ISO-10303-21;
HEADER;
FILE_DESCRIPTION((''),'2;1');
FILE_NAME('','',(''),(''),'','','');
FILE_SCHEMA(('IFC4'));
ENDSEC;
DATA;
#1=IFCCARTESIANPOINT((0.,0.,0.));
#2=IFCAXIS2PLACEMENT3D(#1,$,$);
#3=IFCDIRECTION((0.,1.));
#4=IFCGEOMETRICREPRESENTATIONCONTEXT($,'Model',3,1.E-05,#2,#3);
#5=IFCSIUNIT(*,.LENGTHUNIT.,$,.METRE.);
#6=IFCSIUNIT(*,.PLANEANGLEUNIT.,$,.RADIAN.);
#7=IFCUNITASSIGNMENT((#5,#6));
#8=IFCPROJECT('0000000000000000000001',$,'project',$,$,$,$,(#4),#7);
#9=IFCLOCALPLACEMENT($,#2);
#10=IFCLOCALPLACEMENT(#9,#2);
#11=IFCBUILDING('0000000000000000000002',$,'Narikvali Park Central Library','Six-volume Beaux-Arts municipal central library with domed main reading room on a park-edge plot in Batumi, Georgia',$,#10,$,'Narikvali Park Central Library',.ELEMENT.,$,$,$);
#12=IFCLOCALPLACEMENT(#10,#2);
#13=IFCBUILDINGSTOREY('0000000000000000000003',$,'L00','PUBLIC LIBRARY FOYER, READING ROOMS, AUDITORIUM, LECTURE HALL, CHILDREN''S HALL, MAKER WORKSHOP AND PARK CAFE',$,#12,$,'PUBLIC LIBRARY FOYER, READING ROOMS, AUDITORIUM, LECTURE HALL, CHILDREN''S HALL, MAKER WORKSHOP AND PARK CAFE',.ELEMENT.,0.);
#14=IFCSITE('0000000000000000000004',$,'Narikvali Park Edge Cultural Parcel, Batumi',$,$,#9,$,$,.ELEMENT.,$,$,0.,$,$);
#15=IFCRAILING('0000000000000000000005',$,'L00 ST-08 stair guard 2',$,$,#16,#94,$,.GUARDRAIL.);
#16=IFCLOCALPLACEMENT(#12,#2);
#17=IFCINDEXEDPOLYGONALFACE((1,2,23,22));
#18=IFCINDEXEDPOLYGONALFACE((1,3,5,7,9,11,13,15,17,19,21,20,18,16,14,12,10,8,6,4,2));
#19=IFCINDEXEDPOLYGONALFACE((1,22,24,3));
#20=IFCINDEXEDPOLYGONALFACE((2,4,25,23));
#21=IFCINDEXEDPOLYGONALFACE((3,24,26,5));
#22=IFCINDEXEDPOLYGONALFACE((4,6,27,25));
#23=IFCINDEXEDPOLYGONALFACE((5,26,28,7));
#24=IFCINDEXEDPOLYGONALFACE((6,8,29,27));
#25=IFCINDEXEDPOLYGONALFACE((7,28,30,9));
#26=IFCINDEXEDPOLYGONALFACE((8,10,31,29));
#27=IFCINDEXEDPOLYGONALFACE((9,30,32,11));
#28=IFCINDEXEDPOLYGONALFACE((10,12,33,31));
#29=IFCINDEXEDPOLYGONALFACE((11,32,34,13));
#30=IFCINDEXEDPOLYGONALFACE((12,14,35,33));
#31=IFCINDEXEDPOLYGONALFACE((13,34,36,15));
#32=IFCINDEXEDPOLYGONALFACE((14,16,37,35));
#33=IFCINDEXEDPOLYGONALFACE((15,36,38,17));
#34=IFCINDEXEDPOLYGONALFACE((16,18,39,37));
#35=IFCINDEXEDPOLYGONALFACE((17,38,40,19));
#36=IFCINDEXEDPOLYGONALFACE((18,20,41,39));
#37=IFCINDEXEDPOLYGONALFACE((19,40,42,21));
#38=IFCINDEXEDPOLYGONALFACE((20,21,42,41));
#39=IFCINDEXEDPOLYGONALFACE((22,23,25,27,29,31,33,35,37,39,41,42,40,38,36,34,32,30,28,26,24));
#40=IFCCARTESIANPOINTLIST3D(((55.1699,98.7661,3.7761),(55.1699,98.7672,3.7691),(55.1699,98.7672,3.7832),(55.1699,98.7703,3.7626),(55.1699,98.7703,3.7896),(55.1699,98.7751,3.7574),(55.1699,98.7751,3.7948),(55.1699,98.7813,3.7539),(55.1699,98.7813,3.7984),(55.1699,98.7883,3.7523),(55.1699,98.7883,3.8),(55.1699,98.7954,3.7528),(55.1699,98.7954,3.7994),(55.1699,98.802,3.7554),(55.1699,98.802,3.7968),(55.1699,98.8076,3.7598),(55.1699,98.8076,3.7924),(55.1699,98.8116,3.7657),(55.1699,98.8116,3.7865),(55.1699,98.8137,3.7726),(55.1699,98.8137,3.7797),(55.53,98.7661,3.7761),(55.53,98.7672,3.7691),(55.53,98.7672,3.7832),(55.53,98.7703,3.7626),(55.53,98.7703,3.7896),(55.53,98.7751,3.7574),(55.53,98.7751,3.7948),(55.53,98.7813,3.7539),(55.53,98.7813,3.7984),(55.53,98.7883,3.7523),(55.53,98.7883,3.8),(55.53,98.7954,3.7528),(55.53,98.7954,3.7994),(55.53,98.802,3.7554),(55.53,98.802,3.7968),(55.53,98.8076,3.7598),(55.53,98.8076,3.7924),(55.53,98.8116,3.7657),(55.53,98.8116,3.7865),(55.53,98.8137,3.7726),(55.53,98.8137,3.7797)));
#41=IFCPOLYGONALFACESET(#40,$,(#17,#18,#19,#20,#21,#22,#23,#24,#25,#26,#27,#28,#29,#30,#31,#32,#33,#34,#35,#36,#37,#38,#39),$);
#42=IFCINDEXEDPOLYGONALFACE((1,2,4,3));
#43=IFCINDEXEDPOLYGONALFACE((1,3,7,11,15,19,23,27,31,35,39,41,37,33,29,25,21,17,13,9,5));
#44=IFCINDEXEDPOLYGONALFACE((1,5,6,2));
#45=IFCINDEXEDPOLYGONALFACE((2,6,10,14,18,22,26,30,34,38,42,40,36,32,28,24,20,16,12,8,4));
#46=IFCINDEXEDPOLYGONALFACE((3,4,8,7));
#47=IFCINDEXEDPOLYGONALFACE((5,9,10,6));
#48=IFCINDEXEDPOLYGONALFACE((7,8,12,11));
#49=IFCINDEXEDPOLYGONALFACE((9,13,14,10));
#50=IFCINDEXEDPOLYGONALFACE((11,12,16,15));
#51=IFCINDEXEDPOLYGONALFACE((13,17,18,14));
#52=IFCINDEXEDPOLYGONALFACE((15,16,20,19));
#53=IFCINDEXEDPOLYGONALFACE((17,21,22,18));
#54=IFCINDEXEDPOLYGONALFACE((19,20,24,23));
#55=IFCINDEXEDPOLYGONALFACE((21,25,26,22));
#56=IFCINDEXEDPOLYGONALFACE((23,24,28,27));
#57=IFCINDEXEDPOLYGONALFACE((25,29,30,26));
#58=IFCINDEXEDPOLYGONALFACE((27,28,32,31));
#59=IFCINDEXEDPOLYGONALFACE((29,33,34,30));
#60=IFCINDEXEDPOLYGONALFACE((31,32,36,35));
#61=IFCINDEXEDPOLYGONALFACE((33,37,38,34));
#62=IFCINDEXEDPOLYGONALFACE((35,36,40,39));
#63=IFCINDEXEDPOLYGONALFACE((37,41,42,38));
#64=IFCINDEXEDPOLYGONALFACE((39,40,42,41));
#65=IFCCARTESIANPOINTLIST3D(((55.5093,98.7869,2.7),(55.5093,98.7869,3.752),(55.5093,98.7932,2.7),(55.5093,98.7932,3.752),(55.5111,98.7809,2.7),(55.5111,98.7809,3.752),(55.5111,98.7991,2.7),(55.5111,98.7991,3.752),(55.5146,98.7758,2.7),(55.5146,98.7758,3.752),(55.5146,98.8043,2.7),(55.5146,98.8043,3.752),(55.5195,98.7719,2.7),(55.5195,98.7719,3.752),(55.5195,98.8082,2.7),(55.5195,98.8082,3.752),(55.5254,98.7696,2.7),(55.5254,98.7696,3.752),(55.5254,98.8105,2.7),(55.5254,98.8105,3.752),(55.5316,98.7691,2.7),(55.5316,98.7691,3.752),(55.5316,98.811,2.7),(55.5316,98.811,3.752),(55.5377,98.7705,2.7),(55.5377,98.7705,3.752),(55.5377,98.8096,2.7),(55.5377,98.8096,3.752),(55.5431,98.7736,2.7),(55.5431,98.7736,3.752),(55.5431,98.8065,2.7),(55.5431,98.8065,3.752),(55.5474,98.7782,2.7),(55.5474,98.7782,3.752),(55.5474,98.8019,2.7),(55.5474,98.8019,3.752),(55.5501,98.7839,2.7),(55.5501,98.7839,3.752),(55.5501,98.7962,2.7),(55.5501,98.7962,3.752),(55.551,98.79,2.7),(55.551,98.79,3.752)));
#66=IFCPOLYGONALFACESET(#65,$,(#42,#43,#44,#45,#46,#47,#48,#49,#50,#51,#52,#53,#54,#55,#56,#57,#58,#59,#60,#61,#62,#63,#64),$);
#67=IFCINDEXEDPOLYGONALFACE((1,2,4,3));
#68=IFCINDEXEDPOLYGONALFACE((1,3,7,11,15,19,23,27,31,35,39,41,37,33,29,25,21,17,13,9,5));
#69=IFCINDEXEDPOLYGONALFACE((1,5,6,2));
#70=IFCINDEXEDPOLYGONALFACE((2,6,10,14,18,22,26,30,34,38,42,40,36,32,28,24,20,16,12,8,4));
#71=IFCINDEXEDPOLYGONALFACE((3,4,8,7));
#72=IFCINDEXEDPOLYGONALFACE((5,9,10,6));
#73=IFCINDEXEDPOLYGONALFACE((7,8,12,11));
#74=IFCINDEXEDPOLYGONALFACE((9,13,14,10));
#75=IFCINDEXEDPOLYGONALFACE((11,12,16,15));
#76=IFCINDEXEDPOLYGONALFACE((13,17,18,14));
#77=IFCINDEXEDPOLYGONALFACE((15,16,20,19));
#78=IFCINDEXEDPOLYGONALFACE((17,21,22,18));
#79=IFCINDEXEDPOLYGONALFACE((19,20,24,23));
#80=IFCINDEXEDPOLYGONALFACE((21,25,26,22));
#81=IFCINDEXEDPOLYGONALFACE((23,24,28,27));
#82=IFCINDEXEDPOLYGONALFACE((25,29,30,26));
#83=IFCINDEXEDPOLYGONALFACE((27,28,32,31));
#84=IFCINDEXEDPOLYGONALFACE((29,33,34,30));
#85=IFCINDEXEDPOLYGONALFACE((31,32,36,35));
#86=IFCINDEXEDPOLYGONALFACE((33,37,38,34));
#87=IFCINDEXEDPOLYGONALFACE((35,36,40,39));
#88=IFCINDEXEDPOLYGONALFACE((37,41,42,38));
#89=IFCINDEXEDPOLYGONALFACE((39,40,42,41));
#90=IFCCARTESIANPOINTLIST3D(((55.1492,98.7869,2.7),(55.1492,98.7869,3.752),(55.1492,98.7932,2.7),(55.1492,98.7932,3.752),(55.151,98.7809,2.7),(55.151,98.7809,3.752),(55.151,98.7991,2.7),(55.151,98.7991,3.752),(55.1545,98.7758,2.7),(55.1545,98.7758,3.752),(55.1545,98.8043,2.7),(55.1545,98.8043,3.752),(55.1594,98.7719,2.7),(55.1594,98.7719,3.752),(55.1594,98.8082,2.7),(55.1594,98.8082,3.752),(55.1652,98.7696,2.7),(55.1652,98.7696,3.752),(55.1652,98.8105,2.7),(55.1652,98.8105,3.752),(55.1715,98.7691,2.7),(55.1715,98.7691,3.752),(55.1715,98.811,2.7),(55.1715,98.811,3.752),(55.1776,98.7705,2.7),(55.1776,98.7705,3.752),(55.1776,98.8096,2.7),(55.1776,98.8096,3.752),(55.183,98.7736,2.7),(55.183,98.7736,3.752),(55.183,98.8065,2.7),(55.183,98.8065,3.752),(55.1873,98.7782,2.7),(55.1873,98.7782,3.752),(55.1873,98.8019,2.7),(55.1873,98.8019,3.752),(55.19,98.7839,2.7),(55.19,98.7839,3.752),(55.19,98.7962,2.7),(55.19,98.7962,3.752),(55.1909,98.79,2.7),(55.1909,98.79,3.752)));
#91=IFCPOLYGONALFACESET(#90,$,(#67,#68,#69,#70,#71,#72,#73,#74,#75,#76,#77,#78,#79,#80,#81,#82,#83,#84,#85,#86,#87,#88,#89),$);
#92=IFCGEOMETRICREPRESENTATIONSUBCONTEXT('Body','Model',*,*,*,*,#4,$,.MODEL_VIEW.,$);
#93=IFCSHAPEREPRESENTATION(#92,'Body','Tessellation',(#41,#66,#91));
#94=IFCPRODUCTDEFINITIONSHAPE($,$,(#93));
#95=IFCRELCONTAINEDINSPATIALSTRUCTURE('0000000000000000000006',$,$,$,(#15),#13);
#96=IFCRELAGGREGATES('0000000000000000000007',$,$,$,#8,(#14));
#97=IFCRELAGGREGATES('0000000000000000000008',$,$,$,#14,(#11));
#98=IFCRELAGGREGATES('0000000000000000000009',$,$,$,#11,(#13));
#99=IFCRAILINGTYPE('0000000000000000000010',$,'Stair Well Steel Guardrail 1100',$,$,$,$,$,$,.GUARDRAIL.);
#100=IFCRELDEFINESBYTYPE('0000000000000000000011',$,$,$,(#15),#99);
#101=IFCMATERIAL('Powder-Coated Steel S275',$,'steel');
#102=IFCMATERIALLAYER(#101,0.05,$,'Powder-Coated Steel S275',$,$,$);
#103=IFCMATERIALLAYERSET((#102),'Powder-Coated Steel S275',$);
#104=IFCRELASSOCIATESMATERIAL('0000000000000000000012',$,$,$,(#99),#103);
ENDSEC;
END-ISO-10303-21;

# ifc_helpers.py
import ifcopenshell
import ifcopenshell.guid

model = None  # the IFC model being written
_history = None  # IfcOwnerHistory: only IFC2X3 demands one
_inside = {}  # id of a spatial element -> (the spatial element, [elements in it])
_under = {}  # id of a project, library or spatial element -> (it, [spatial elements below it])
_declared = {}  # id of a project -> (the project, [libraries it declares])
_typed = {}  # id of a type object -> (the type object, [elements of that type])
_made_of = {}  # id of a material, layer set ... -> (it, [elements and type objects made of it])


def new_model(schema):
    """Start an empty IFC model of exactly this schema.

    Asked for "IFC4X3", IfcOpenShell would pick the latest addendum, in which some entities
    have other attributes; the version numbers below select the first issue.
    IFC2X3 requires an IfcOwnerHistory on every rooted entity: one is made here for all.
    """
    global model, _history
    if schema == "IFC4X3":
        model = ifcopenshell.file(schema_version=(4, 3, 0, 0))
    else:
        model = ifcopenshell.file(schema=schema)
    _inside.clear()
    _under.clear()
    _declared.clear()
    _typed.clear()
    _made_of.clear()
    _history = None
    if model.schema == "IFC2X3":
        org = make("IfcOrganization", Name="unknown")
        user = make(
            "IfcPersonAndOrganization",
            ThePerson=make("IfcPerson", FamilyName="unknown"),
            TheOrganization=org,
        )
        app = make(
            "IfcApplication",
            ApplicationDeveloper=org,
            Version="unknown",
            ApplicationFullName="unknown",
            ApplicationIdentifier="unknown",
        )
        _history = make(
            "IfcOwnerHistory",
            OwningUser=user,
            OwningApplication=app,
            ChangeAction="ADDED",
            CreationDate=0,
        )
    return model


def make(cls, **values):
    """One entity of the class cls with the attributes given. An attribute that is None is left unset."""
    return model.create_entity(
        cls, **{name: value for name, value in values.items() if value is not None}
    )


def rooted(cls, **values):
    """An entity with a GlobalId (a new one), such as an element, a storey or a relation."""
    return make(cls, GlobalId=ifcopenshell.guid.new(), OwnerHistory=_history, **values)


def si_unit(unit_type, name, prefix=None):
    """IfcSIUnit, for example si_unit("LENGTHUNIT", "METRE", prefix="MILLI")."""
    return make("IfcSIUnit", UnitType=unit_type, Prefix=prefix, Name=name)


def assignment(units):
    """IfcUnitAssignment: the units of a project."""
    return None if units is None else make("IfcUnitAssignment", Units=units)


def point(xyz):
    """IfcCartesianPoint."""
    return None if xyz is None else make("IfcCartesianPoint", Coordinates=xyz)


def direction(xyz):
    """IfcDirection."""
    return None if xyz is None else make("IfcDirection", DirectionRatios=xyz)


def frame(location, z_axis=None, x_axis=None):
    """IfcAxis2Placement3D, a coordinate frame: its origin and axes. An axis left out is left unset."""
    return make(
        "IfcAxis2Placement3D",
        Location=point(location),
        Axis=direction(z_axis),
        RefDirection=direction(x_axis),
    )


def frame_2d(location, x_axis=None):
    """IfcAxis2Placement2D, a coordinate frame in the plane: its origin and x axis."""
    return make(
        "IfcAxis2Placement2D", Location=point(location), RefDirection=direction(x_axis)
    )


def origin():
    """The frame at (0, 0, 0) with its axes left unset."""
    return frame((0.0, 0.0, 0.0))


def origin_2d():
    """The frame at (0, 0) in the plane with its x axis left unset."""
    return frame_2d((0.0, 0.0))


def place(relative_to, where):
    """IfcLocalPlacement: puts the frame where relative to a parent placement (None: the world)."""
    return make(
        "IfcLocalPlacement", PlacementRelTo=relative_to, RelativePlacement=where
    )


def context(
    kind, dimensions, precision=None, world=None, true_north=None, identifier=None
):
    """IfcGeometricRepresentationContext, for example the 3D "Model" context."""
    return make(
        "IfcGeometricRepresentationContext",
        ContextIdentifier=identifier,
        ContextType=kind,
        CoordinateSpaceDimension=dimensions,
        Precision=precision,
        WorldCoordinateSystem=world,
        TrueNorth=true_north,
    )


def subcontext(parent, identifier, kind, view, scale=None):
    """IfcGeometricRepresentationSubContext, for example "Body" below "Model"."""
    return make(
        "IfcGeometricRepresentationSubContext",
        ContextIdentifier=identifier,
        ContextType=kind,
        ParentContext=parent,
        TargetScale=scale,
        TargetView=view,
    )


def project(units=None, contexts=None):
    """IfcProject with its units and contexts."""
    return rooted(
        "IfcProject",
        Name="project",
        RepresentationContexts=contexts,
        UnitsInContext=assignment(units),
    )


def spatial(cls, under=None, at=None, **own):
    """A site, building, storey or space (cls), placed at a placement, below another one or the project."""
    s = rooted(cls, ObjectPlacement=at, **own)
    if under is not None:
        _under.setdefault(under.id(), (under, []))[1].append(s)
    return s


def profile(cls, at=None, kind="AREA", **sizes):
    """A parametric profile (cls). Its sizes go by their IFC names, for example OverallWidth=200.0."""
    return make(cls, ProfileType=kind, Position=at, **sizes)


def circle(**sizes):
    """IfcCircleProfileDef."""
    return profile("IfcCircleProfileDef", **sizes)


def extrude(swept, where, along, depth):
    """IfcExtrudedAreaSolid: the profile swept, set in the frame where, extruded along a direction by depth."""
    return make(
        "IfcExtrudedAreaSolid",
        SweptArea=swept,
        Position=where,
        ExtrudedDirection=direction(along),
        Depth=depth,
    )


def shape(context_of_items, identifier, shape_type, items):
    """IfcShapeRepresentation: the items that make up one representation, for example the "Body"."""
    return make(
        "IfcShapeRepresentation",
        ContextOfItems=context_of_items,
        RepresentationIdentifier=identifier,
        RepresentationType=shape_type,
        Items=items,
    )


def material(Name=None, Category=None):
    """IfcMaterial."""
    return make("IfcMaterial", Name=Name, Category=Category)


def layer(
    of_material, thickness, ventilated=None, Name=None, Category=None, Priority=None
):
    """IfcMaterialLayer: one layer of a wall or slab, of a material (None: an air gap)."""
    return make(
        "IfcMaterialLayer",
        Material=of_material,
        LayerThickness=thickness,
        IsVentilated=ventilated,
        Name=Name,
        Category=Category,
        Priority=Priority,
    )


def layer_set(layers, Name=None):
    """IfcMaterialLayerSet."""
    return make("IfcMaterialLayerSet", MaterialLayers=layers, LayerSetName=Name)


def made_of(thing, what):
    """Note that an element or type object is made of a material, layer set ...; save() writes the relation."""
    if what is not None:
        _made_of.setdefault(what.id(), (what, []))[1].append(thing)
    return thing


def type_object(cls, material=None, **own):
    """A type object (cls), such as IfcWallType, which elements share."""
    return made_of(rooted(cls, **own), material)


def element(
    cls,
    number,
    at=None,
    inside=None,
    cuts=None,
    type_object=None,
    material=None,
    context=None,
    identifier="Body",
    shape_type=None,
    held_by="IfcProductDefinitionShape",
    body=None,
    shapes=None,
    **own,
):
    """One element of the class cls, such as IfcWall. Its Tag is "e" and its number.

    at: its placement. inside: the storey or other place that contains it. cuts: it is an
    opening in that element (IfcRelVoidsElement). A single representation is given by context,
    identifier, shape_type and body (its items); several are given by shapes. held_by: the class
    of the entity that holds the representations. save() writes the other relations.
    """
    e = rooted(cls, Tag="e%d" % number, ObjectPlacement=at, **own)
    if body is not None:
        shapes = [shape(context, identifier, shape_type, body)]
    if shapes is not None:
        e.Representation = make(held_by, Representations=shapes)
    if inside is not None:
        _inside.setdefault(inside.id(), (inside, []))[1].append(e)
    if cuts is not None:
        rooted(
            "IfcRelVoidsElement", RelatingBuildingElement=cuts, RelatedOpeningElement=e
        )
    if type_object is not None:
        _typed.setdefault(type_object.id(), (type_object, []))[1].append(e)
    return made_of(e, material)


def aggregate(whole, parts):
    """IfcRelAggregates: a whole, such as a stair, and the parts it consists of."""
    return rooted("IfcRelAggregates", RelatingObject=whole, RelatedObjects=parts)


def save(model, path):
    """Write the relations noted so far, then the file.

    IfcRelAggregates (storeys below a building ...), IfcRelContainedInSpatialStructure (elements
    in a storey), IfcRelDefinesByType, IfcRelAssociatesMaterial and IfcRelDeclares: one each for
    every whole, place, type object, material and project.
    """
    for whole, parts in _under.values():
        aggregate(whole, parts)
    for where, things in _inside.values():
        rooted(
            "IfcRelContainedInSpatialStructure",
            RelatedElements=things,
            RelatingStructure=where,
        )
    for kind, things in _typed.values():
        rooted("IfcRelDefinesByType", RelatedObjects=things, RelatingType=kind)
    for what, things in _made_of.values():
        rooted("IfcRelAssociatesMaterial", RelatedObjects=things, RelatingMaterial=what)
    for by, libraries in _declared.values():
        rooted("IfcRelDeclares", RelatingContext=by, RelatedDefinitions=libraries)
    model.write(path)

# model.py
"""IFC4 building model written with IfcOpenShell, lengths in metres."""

from ifc_helpers import new_model, si_unit, direction, frame, origin, origin_2d, place, context, subcontext, project, spatial, circle, extrude, material, layer, layer_set, type_object, element, save


model = new_model("IFC4")

# Units and contexts
model_context = context("Model", 3, precision=1e-05, world=origin(), true_north=direction((0.0, 1.0)))
body_context = subcontext(model_context, "Body", "Model", "MODEL_VIEW")
ifc_project = project(units=[si_unit("LENGTHUNIT", "METRE"), si_unit("PLANEANGLEUNIT", "RADIAN")], contexts=[model_context])

# Site, building, storey
site_placement = place(None, origin())
site = spatial("IfcSite", under=ifc_project, at=site_placement, Name="Narikvali Park Edge Cultural Parcel, Batumi", CompositionType="ELEMENT", RefElevation=0.0)
building_placement = place(site_placement, origin())
building = spatial("IfcBuilding", under=site, at=building_placement, Name="Narikvali Park Central Library", Description="Six-volume Beaux-Arts municipal central library with domed main reading room on a park-edge plot in Batumi, Georgia", LongName="Narikvali Park Central Library", CompositionType="ELEMENT")
storey_placement = place(building_placement, origin())
storey = spatial("IfcBuildingStorey", under=building, at=storey_placement, Name="L00", Description="PUBLIC LIBRARY FOYER, READING ROOMS, AUDITORIUM, LECTURE HALL, CHILDREN'S HALL, MAKER WORKSHOP AND PARK CAFE", LongName="PUBLIC LIBRARY FOYER, READING ROOMS, AUDITORIUM, LECTURE HALL, CHILDREN'S HALL, MAKER WORKSHOP AND PARK CAFE", CompositionType="ELEMENT", Elevation=0.0)

# Railing
ifc_material_1 = material(Name="Powder-Coated Steel S275", Category="steel")
ifc_layer_1 = layer(ifc_material_1, 0.05, Name="Powder-Coated Steel S275")
ifc_layer_set_1 = layer_set([ifc_layer_1], Name="Powder-Coated Steel S275")
railing_type_1 = type_object("IfcRailingType", Name="Stair Well Steel Guardrail 1100", PredefinedType="GUARDRAIL", material=ifc_layer_set_1)
railing_1_placement = place(storey_placement, frame((55.53, 98.79, 2.7)))
element("IfcRailing", 1, at=railing_1_placement, inside=storey, type_object=railing_type_1, Name="L00 ST-08 stair guard 2", PredefinedType="GUARDRAIL", context=body_context, shape_type="SweptSolid", body=[
    extrude(circle(Radius=0.0239, at=origin_2d()), frame((0.0, 0.0, 1.0762), z_axis=(-1.0, 0.0, 0.0), x_axis=(0.0, -1.0, 0.0)), (0.0, 0.0, 1.0), 0.3601),
    extrude(circle(Radius=0.021, at=origin_2d()), origin(), (0.0, 0.0, 1.0), 1.052),
    extrude(circle(Radius=0.021, at=origin_2d()), frame((-0.3601, 0.0, 0.0)), (0.0, 0.0, 1.0), 1.052),
])

save(model, "model.ifc")
